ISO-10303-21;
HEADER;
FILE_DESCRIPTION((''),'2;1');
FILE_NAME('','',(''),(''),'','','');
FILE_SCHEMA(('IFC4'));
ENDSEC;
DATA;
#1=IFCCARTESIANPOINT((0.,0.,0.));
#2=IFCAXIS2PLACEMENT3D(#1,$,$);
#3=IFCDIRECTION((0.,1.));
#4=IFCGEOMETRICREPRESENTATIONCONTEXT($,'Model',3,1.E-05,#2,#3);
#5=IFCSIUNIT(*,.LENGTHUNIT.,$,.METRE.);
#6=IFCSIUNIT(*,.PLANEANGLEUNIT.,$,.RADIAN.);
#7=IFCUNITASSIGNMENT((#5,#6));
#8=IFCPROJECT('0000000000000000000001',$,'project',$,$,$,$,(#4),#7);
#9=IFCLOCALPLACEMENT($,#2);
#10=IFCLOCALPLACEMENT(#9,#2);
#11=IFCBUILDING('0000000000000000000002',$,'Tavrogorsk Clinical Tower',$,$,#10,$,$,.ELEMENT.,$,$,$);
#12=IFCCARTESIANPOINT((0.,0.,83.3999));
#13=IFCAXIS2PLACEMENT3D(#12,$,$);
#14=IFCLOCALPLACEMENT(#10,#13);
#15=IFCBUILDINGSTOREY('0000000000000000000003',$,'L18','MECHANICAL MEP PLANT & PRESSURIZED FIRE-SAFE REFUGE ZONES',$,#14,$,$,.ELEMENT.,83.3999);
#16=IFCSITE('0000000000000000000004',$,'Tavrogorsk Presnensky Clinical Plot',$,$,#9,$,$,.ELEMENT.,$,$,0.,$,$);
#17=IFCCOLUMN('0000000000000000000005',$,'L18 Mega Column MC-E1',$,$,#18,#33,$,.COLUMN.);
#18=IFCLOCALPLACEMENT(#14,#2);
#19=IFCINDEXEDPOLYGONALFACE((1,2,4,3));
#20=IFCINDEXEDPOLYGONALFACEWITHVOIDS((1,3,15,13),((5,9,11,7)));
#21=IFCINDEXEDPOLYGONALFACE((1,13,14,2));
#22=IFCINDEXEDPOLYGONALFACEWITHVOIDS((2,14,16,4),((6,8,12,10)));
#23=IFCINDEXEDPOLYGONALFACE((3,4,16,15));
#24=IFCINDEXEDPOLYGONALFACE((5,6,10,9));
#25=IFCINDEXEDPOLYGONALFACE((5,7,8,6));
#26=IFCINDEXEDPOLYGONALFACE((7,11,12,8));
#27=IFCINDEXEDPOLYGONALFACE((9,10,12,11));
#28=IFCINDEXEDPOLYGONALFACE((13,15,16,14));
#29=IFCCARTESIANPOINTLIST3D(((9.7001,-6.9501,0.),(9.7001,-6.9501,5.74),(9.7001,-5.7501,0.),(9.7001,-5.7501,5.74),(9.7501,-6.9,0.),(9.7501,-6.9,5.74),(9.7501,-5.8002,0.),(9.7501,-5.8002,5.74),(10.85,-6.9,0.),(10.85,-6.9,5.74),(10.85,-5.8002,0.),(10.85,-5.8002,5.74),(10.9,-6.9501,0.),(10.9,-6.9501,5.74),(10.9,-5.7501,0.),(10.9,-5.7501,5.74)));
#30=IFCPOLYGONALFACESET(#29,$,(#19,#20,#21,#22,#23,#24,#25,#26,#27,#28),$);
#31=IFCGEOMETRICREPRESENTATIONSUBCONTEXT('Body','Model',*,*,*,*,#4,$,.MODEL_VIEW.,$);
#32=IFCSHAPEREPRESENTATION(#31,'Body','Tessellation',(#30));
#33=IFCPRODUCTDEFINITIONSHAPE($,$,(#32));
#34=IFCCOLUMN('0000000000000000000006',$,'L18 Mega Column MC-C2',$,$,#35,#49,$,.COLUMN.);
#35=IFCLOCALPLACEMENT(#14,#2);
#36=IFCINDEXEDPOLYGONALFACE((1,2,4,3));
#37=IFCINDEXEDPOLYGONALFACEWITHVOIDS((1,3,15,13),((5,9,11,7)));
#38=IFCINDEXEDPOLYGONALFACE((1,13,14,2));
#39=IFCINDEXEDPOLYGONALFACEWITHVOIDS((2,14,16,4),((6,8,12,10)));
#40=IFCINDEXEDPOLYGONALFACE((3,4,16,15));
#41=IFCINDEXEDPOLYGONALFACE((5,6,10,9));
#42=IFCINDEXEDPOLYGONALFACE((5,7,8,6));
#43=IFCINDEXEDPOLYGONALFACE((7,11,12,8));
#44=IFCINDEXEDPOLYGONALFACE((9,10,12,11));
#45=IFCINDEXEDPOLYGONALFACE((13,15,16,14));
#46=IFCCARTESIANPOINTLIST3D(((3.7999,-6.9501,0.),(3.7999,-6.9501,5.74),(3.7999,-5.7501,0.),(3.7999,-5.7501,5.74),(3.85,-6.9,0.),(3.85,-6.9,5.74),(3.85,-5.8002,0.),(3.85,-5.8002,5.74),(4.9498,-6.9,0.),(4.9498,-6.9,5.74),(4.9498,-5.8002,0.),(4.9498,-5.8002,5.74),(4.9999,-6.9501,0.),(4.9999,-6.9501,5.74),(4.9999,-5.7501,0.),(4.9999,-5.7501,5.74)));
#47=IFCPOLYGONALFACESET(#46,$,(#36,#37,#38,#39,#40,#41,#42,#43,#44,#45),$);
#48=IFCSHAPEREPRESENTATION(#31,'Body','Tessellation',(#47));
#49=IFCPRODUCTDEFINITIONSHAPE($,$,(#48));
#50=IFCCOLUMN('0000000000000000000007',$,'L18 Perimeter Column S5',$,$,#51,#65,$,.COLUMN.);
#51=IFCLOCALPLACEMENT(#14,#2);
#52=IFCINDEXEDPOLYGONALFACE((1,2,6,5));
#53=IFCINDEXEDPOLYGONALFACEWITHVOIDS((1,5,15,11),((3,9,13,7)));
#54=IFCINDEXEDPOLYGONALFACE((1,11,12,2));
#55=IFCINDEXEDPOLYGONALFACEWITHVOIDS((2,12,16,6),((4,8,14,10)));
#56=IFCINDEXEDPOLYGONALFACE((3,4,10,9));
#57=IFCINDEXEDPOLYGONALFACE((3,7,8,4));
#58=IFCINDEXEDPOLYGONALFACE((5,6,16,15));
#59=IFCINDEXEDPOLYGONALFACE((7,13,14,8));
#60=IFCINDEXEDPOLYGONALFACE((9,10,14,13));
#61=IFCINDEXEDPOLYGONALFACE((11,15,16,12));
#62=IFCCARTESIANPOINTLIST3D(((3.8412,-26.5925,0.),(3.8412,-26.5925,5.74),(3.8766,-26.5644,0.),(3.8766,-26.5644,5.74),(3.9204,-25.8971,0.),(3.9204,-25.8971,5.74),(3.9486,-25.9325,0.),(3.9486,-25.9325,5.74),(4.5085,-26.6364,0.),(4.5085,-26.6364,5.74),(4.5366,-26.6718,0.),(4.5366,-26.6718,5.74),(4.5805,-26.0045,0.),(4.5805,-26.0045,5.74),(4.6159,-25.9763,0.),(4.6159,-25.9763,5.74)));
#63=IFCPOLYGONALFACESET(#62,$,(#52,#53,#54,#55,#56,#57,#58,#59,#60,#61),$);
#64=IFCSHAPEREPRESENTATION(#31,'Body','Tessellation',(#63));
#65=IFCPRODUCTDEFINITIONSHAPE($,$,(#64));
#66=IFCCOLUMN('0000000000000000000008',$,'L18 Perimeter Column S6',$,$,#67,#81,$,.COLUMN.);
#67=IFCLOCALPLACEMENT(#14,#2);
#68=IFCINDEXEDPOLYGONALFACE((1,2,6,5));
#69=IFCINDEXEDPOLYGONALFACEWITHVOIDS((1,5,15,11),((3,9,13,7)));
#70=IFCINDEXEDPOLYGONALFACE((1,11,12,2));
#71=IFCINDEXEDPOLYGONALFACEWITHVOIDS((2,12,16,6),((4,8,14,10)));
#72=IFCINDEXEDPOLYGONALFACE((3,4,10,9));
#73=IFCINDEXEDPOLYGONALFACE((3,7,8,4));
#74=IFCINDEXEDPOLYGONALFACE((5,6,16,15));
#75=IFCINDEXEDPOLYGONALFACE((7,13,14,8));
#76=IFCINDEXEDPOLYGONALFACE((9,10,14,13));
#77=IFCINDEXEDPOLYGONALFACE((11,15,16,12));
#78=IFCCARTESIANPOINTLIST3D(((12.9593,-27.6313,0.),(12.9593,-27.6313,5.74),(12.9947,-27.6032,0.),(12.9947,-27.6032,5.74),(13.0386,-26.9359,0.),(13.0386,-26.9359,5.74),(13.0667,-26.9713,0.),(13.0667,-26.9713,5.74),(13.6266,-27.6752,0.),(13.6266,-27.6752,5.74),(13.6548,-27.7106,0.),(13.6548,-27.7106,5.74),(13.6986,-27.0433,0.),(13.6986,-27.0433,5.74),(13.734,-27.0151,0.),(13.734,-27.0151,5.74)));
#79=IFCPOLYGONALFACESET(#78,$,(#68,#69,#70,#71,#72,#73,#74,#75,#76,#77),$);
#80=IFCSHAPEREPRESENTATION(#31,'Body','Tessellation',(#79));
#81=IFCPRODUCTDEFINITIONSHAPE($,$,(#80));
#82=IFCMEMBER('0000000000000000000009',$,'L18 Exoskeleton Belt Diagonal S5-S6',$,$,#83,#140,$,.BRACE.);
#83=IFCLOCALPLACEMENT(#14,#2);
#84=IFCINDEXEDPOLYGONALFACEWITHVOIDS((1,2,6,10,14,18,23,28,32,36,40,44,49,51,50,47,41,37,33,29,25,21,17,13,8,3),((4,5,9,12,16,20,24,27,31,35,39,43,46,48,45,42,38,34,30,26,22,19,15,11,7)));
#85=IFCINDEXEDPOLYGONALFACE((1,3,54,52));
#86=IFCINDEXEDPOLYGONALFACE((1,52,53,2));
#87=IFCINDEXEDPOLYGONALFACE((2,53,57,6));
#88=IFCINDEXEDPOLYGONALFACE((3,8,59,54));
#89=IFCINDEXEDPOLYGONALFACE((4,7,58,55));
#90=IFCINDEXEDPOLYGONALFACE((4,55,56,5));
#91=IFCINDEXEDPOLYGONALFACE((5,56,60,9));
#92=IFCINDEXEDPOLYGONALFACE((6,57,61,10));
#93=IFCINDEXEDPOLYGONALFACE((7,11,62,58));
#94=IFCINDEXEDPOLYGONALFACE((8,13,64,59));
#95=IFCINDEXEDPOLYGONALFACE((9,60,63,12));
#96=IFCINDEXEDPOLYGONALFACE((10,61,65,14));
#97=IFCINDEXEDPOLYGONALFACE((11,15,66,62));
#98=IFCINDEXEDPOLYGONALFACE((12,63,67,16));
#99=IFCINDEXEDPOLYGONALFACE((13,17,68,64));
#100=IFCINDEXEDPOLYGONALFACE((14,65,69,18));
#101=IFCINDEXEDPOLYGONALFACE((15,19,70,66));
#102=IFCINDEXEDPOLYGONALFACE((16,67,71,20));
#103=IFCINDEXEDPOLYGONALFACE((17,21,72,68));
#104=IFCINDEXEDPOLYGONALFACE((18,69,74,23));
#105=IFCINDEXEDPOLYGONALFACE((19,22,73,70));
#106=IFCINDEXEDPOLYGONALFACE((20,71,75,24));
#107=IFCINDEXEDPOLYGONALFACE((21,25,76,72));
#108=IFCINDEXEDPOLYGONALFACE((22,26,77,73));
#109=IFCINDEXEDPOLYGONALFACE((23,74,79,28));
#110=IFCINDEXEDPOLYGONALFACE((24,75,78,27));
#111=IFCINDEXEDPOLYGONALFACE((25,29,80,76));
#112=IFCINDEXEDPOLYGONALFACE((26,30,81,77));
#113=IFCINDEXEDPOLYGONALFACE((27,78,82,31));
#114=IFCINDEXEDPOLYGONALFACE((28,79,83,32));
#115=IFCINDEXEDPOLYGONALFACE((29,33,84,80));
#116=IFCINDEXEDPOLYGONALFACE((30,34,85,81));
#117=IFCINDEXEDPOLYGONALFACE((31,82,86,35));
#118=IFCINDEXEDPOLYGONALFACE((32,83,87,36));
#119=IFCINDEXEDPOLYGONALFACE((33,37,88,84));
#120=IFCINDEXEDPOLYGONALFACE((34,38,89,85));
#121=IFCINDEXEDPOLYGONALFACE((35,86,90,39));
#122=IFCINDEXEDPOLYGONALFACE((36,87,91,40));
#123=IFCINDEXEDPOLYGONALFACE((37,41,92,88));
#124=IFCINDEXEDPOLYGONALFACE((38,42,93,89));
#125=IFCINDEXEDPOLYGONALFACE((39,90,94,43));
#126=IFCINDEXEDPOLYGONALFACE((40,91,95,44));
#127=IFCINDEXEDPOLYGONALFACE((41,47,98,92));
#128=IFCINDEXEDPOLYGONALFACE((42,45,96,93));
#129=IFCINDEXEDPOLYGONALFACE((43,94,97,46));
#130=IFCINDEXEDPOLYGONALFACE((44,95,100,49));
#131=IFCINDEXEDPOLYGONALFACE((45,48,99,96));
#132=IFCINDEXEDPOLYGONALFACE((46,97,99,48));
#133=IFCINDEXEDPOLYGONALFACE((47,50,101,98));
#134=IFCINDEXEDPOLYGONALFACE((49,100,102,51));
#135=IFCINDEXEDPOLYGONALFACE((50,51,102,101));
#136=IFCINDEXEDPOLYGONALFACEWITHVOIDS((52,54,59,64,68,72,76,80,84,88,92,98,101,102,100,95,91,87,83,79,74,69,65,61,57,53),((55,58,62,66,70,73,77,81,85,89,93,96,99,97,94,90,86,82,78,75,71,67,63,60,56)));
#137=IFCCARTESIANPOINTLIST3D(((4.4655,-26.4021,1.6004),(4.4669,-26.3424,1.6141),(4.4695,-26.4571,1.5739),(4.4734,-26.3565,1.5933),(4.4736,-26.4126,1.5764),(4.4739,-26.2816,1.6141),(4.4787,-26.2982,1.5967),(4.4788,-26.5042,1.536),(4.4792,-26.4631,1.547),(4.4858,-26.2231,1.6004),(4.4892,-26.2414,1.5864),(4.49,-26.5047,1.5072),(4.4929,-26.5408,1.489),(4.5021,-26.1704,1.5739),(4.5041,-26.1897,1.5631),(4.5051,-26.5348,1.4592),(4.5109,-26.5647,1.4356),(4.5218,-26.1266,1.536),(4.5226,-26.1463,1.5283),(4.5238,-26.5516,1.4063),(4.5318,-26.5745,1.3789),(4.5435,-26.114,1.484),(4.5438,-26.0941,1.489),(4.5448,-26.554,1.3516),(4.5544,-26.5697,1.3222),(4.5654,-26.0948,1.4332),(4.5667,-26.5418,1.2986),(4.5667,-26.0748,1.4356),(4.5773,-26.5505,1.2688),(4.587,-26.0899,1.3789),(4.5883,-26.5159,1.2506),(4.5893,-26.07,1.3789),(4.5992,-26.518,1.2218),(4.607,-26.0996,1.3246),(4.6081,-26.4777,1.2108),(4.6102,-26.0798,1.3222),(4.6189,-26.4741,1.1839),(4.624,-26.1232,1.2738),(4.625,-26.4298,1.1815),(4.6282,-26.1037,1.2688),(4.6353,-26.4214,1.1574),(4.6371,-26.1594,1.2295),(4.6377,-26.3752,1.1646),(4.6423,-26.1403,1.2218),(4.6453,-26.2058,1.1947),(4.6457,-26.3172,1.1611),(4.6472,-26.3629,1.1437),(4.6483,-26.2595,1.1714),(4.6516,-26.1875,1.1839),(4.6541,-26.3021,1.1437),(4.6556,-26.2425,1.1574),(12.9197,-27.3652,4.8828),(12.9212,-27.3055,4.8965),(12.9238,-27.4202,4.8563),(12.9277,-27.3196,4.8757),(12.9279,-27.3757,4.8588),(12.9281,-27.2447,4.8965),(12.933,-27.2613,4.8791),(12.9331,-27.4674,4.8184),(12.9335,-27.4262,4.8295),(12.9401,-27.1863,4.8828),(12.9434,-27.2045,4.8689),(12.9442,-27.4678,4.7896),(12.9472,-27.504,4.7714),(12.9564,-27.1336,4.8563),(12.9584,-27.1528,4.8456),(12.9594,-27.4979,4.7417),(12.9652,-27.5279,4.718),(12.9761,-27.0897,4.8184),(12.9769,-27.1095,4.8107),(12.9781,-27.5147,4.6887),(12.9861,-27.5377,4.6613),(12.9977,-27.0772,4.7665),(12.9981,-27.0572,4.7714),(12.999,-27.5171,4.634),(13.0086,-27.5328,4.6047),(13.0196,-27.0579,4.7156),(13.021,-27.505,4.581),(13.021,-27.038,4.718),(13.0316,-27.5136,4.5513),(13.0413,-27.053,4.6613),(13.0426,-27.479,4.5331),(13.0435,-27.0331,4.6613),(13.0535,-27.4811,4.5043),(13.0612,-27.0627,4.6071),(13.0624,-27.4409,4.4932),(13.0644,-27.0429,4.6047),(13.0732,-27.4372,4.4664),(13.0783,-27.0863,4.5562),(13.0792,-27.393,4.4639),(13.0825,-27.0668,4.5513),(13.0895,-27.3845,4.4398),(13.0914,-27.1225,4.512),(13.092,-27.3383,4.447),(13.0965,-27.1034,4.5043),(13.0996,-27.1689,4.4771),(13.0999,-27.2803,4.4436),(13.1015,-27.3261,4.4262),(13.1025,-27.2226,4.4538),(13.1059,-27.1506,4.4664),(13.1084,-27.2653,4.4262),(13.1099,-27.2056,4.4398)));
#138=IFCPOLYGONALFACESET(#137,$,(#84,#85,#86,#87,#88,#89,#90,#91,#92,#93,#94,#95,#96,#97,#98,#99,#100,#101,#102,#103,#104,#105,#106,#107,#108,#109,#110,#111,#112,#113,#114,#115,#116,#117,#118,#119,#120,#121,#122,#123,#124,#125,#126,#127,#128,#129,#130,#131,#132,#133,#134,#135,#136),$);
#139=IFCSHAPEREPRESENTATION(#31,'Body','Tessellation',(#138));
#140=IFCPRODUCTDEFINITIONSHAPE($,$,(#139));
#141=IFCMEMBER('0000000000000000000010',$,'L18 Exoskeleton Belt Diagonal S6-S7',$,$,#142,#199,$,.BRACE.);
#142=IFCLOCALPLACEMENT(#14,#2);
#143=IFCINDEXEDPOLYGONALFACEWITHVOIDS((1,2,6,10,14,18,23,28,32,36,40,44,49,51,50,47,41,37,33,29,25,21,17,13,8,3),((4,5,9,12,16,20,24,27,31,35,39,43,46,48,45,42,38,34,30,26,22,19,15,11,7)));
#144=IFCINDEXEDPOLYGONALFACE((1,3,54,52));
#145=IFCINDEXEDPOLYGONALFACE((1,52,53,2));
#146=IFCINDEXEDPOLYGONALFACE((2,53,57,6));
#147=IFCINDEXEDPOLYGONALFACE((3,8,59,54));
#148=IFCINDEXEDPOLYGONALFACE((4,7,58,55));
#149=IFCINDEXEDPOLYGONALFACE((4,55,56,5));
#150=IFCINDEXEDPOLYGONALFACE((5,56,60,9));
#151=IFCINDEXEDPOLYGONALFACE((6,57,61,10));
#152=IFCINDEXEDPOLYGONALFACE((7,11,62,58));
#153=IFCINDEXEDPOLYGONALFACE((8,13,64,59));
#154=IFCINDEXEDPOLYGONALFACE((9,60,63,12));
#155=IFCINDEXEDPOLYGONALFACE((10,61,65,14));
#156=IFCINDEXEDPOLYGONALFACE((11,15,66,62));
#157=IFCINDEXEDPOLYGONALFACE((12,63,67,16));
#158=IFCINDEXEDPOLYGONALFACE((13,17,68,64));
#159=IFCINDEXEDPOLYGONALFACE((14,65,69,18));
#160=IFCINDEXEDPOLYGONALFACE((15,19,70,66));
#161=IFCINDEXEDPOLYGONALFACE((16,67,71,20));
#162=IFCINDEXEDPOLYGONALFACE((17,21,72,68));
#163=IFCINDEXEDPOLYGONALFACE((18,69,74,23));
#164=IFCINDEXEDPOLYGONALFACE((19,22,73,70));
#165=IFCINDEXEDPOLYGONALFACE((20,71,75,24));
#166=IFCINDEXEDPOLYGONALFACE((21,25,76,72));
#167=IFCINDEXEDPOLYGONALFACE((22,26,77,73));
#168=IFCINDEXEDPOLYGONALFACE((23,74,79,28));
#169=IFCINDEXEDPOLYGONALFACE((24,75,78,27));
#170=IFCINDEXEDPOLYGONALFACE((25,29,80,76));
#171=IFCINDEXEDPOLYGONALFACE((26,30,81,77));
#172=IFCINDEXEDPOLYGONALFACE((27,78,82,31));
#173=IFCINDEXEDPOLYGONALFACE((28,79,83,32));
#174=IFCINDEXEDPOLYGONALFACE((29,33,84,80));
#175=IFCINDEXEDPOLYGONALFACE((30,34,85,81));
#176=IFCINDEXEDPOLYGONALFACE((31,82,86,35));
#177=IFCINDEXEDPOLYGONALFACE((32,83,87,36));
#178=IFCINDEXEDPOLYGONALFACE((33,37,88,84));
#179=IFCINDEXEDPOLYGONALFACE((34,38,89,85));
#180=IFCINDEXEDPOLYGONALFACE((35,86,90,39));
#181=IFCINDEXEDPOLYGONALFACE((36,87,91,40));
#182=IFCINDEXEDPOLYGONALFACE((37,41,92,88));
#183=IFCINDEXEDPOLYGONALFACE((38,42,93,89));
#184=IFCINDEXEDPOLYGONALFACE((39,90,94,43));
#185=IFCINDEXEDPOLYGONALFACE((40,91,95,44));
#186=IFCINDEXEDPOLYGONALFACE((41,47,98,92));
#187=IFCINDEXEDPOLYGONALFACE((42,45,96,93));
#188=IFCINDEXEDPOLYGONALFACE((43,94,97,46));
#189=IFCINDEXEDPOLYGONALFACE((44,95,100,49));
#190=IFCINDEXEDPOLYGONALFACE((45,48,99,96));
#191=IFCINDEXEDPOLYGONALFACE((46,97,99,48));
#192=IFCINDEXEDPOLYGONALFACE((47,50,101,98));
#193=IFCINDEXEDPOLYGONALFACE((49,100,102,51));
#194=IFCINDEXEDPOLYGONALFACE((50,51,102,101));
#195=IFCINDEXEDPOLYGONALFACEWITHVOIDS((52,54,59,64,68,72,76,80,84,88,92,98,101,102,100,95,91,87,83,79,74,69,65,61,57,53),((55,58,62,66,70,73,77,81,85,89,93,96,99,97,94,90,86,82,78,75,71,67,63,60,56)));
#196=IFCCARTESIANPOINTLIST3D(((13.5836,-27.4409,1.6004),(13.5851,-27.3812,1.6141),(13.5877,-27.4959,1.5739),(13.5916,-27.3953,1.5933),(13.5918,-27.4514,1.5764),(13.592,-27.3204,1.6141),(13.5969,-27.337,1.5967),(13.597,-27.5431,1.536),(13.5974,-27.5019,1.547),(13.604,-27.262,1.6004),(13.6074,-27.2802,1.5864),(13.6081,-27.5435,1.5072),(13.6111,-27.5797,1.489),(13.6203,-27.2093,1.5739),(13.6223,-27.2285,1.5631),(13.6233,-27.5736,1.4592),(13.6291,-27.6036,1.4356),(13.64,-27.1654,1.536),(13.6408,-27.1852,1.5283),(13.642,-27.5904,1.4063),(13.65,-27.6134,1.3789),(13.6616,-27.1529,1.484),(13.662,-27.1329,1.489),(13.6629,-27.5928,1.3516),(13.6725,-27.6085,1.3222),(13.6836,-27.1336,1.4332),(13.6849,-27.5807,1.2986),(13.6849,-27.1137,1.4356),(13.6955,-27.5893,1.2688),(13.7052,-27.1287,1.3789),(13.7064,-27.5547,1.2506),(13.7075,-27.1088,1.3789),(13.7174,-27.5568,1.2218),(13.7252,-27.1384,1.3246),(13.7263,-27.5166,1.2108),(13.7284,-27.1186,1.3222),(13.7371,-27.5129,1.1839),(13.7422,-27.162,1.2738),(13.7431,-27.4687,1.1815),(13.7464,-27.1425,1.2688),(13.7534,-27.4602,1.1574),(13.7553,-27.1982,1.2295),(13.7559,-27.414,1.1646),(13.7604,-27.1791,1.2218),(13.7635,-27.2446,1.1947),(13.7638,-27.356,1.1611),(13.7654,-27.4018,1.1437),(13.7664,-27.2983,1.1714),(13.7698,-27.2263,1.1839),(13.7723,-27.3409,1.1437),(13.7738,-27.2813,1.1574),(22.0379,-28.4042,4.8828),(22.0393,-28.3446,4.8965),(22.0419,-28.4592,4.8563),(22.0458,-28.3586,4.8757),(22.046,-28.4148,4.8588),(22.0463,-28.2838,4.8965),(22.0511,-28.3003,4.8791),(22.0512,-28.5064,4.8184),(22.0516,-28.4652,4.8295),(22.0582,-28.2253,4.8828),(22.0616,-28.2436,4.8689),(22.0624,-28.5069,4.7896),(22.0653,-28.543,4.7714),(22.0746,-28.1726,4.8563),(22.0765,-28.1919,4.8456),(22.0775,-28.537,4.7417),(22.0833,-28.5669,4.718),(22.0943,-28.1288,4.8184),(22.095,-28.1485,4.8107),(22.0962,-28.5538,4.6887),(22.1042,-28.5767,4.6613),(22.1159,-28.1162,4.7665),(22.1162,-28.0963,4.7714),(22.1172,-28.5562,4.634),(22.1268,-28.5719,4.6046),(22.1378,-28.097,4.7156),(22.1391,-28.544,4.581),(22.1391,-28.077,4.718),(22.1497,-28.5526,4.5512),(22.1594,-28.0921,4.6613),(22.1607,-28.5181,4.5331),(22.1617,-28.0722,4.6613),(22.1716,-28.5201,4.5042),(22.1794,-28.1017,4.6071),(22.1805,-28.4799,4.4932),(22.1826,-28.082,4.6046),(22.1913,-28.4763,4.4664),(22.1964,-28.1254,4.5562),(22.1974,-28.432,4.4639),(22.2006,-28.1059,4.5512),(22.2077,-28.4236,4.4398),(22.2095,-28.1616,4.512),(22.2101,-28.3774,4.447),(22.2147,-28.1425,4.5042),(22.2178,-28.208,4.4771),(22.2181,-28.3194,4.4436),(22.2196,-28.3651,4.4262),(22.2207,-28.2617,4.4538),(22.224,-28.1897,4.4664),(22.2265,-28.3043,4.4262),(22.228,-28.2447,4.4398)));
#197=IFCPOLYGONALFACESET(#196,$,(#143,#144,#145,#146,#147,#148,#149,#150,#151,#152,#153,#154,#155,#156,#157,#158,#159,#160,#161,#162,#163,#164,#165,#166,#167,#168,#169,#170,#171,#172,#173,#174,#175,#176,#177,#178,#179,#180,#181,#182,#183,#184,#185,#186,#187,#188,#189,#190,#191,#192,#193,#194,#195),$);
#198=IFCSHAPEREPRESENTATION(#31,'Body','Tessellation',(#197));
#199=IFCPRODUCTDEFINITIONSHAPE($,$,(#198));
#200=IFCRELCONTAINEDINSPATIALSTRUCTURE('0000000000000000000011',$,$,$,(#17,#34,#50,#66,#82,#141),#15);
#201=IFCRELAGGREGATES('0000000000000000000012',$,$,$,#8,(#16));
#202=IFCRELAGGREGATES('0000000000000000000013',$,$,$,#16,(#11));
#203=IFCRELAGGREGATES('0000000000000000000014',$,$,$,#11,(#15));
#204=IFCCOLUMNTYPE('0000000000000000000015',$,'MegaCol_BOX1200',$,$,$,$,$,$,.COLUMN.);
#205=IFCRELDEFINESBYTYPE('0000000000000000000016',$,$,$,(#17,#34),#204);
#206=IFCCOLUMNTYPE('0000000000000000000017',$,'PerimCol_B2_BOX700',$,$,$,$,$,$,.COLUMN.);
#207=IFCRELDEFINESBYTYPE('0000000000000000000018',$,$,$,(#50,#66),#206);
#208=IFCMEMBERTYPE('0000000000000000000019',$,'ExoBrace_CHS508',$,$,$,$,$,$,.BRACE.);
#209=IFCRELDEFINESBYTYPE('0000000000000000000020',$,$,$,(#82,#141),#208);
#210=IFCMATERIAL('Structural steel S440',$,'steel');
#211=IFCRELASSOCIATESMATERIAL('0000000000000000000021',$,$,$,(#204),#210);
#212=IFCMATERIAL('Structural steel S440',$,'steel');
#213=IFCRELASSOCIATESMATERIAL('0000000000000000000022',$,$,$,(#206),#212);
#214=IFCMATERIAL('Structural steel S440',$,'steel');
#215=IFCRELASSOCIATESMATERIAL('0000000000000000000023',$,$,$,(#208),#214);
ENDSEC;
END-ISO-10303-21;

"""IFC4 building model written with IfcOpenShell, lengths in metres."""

from ifc_helpers import new_model, si_unit, direction, frame, origin, origin_2d, place, context, subcontext, project, spatial, hollow_rectangle, hollow_circle, extrude, material, material_profile, profile_set, type_object, element, save


model = new_model("IFC4")

# Units and contexts
model_context = context("Model", 3, precision=1e-05, world=origin(), true_north=direction((0.0, 1.0)))
body_context = subcontext(model_context, "Body", "Model", "MODEL_VIEW")
ifc_project = project(units=[si_unit("LENGTHUNIT", "METRE"), si_unit("PLANEANGLEUNIT", "RADIAN")], contexts=[model_context])

# Site, building, storey
site_placement = place(None, origin())
site = spatial("IfcSite", under=ifc_project, at=site_placement, Name="Tavrogorsk Presnensky Clinical Plot", CompositionType="ELEMENT", RefElevation=0.0)
building_placement = place(site_placement, origin())
building = spatial("IfcBuilding", under=site, at=building_placement, Name="Tavrogorsk Clinical Tower", CompositionType="ELEMENT")
storey_placement = place(building_placement, frame((0.0, 0.0, 83.3999)))
storey = spatial("IfcBuildingStorey", under=building, at=storey_placement, Name="L18", Description="MECHANICAL MEP PLANT & PRESSURIZED FIRE-SAFE REFUGE ZONES", CompositionType="ELEMENT", Elevation=83.3999)

# Columns
ifc_material_1 = material(Name="Structural steel S440", Category="steel")
ifc_material_profile_1 = material_profile(ifc_material_1, hollow_rectangle(XDim=1.2, YDim=1.2, WallThickness=0.05, at=origin_2d()), Name="BOX-1200x1200x50")
ifc_profile_set_1 = profile_set([ifc_material_profile_1], Name="Structural steel S440")
column_type_1 = type_object("IfcColumnType", Name="MegaCol_BOX1200", PredefinedType="COLUMN", material=ifc_profile_set_1)
for number, where, z_axis, x_axis, name in (
    (1, (10.3, -6.3501, 0.0), (0.0, 0.0, 1.0), (1.0, 0.0, 0.0), "L18 Mega Column MC-E1"),
    (2, (4.3999, -6.3501, 0.0), (0.0, 0.0, 1.0), (1.0, 0.0, 0.0), "L18 Mega Column MC-C2"),
):
    element("IfcColumn", number, at=place(storey_placement, frame(where, z_axis=z_axis, x_axis=x_axis)), inside=storey, type_object=column_type_1, Name=name, PredefinedType="COLUMN", context=body_context, shape_type="SweptSolid", body=[
        extrude(hollow_rectangle(XDim=1.2, YDim=1.2, WallThickness=0.05, at=origin_2d()), origin(), (0.0, 0.0, 1.0), 5.74),
    ])
ifc_material_2 = material(Name="Structural steel S440", Category="steel")
ifc_material_profile_2 = material_profile(ifc_material_2, hollow_rectangle(XDim=0.7, YDim=0.7, WallThickness=0.032, at=origin_2d()), Name="BOX-700x700x32")
ifc_profile_set_2 = profile_set([ifc_material_profile_2], Name="Structural steel S440")
column_type_2 = type_object("IfcColumnType", Name="PerimCol_B2_BOX700", PredefinedType="COLUMN", material=ifc_profile_set_2)
for number, where, z_axis, x_axis, name in (
    (3, (4.2285, -26.2844, 0.0), (0.0, 0.0, 1.0), (0.993572, -0.113203, 0.0), "L18 Perimeter Column S5"),
    (4, (13.3467, -27.3232, 0.0), (0.0, 0.0, 1.0), (0.993572, -0.113203, 0.0), "L18 Perimeter Column S6"),
):
    element("IfcColumn", number, at=place(storey_placement, frame(where, z_axis=z_axis, x_axis=x_axis)), inside=storey, type_object=column_type_2, Name=name, PredefinedType="COLUMN", context=body_context, shape_type="SweptSolid", body=[
        extrude(hollow_rectangle(XDim=0.7, YDim=0.7, WallThickness=0.032, at=origin_2d()), origin(), (0.0, 0.0, 1.0), 5.74),
    ])

# Members
ifc_material_3 = material(Name="Structural steel S440", Category="steel")
ifc_material_profile_3 = material_profile(ifc_material_3, hollow_circle(Radius=0.2539, WallThickness=0.02, at=origin_2d()), Name="CHS-508x20")
ifc_profile_set_3 = profile_set([ifc_material_profile_3], Name="Structural steel S440")
member_type_1 = type_object("IfcMemberType", Name="ExoBrace_CHS508", PredefinedType="BRACE", material=ifc_profile_set_3)
for number, where, z_axis, x_axis, name in (
    (5, (4.5605, -26.3223, 1.3789), (0.92699, -0.105604, 0.359912), (0.11319, 0.993573, 0.0), "L18 Exoskeleton Belt Diagonal S5-S6"),
    (6, (13.6787, -27.3611, 1.3789), (0.926988, -0.105631, 0.359911), (0.113218, 0.99357, 0.0), "L18 Exoskeleton Belt Diagonal S6-S7"),
):
    element("IfcMember", number, at=place(storey_placement, frame(where, z_axis=z_axis, x_axis=x_axis)), inside=storey, type_object=member_type_1, Name=name, PredefinedType="BRACE", context=body_context, shape_type="SweptSolid", body=[
        extrude(hollow_circle(Radius=0.2539, WallThickness=0.02, at=origin_2d()), origin(), (0.0, 0.0, 1.0), 9.1201),
    ])

save(model, "model.ifc")
